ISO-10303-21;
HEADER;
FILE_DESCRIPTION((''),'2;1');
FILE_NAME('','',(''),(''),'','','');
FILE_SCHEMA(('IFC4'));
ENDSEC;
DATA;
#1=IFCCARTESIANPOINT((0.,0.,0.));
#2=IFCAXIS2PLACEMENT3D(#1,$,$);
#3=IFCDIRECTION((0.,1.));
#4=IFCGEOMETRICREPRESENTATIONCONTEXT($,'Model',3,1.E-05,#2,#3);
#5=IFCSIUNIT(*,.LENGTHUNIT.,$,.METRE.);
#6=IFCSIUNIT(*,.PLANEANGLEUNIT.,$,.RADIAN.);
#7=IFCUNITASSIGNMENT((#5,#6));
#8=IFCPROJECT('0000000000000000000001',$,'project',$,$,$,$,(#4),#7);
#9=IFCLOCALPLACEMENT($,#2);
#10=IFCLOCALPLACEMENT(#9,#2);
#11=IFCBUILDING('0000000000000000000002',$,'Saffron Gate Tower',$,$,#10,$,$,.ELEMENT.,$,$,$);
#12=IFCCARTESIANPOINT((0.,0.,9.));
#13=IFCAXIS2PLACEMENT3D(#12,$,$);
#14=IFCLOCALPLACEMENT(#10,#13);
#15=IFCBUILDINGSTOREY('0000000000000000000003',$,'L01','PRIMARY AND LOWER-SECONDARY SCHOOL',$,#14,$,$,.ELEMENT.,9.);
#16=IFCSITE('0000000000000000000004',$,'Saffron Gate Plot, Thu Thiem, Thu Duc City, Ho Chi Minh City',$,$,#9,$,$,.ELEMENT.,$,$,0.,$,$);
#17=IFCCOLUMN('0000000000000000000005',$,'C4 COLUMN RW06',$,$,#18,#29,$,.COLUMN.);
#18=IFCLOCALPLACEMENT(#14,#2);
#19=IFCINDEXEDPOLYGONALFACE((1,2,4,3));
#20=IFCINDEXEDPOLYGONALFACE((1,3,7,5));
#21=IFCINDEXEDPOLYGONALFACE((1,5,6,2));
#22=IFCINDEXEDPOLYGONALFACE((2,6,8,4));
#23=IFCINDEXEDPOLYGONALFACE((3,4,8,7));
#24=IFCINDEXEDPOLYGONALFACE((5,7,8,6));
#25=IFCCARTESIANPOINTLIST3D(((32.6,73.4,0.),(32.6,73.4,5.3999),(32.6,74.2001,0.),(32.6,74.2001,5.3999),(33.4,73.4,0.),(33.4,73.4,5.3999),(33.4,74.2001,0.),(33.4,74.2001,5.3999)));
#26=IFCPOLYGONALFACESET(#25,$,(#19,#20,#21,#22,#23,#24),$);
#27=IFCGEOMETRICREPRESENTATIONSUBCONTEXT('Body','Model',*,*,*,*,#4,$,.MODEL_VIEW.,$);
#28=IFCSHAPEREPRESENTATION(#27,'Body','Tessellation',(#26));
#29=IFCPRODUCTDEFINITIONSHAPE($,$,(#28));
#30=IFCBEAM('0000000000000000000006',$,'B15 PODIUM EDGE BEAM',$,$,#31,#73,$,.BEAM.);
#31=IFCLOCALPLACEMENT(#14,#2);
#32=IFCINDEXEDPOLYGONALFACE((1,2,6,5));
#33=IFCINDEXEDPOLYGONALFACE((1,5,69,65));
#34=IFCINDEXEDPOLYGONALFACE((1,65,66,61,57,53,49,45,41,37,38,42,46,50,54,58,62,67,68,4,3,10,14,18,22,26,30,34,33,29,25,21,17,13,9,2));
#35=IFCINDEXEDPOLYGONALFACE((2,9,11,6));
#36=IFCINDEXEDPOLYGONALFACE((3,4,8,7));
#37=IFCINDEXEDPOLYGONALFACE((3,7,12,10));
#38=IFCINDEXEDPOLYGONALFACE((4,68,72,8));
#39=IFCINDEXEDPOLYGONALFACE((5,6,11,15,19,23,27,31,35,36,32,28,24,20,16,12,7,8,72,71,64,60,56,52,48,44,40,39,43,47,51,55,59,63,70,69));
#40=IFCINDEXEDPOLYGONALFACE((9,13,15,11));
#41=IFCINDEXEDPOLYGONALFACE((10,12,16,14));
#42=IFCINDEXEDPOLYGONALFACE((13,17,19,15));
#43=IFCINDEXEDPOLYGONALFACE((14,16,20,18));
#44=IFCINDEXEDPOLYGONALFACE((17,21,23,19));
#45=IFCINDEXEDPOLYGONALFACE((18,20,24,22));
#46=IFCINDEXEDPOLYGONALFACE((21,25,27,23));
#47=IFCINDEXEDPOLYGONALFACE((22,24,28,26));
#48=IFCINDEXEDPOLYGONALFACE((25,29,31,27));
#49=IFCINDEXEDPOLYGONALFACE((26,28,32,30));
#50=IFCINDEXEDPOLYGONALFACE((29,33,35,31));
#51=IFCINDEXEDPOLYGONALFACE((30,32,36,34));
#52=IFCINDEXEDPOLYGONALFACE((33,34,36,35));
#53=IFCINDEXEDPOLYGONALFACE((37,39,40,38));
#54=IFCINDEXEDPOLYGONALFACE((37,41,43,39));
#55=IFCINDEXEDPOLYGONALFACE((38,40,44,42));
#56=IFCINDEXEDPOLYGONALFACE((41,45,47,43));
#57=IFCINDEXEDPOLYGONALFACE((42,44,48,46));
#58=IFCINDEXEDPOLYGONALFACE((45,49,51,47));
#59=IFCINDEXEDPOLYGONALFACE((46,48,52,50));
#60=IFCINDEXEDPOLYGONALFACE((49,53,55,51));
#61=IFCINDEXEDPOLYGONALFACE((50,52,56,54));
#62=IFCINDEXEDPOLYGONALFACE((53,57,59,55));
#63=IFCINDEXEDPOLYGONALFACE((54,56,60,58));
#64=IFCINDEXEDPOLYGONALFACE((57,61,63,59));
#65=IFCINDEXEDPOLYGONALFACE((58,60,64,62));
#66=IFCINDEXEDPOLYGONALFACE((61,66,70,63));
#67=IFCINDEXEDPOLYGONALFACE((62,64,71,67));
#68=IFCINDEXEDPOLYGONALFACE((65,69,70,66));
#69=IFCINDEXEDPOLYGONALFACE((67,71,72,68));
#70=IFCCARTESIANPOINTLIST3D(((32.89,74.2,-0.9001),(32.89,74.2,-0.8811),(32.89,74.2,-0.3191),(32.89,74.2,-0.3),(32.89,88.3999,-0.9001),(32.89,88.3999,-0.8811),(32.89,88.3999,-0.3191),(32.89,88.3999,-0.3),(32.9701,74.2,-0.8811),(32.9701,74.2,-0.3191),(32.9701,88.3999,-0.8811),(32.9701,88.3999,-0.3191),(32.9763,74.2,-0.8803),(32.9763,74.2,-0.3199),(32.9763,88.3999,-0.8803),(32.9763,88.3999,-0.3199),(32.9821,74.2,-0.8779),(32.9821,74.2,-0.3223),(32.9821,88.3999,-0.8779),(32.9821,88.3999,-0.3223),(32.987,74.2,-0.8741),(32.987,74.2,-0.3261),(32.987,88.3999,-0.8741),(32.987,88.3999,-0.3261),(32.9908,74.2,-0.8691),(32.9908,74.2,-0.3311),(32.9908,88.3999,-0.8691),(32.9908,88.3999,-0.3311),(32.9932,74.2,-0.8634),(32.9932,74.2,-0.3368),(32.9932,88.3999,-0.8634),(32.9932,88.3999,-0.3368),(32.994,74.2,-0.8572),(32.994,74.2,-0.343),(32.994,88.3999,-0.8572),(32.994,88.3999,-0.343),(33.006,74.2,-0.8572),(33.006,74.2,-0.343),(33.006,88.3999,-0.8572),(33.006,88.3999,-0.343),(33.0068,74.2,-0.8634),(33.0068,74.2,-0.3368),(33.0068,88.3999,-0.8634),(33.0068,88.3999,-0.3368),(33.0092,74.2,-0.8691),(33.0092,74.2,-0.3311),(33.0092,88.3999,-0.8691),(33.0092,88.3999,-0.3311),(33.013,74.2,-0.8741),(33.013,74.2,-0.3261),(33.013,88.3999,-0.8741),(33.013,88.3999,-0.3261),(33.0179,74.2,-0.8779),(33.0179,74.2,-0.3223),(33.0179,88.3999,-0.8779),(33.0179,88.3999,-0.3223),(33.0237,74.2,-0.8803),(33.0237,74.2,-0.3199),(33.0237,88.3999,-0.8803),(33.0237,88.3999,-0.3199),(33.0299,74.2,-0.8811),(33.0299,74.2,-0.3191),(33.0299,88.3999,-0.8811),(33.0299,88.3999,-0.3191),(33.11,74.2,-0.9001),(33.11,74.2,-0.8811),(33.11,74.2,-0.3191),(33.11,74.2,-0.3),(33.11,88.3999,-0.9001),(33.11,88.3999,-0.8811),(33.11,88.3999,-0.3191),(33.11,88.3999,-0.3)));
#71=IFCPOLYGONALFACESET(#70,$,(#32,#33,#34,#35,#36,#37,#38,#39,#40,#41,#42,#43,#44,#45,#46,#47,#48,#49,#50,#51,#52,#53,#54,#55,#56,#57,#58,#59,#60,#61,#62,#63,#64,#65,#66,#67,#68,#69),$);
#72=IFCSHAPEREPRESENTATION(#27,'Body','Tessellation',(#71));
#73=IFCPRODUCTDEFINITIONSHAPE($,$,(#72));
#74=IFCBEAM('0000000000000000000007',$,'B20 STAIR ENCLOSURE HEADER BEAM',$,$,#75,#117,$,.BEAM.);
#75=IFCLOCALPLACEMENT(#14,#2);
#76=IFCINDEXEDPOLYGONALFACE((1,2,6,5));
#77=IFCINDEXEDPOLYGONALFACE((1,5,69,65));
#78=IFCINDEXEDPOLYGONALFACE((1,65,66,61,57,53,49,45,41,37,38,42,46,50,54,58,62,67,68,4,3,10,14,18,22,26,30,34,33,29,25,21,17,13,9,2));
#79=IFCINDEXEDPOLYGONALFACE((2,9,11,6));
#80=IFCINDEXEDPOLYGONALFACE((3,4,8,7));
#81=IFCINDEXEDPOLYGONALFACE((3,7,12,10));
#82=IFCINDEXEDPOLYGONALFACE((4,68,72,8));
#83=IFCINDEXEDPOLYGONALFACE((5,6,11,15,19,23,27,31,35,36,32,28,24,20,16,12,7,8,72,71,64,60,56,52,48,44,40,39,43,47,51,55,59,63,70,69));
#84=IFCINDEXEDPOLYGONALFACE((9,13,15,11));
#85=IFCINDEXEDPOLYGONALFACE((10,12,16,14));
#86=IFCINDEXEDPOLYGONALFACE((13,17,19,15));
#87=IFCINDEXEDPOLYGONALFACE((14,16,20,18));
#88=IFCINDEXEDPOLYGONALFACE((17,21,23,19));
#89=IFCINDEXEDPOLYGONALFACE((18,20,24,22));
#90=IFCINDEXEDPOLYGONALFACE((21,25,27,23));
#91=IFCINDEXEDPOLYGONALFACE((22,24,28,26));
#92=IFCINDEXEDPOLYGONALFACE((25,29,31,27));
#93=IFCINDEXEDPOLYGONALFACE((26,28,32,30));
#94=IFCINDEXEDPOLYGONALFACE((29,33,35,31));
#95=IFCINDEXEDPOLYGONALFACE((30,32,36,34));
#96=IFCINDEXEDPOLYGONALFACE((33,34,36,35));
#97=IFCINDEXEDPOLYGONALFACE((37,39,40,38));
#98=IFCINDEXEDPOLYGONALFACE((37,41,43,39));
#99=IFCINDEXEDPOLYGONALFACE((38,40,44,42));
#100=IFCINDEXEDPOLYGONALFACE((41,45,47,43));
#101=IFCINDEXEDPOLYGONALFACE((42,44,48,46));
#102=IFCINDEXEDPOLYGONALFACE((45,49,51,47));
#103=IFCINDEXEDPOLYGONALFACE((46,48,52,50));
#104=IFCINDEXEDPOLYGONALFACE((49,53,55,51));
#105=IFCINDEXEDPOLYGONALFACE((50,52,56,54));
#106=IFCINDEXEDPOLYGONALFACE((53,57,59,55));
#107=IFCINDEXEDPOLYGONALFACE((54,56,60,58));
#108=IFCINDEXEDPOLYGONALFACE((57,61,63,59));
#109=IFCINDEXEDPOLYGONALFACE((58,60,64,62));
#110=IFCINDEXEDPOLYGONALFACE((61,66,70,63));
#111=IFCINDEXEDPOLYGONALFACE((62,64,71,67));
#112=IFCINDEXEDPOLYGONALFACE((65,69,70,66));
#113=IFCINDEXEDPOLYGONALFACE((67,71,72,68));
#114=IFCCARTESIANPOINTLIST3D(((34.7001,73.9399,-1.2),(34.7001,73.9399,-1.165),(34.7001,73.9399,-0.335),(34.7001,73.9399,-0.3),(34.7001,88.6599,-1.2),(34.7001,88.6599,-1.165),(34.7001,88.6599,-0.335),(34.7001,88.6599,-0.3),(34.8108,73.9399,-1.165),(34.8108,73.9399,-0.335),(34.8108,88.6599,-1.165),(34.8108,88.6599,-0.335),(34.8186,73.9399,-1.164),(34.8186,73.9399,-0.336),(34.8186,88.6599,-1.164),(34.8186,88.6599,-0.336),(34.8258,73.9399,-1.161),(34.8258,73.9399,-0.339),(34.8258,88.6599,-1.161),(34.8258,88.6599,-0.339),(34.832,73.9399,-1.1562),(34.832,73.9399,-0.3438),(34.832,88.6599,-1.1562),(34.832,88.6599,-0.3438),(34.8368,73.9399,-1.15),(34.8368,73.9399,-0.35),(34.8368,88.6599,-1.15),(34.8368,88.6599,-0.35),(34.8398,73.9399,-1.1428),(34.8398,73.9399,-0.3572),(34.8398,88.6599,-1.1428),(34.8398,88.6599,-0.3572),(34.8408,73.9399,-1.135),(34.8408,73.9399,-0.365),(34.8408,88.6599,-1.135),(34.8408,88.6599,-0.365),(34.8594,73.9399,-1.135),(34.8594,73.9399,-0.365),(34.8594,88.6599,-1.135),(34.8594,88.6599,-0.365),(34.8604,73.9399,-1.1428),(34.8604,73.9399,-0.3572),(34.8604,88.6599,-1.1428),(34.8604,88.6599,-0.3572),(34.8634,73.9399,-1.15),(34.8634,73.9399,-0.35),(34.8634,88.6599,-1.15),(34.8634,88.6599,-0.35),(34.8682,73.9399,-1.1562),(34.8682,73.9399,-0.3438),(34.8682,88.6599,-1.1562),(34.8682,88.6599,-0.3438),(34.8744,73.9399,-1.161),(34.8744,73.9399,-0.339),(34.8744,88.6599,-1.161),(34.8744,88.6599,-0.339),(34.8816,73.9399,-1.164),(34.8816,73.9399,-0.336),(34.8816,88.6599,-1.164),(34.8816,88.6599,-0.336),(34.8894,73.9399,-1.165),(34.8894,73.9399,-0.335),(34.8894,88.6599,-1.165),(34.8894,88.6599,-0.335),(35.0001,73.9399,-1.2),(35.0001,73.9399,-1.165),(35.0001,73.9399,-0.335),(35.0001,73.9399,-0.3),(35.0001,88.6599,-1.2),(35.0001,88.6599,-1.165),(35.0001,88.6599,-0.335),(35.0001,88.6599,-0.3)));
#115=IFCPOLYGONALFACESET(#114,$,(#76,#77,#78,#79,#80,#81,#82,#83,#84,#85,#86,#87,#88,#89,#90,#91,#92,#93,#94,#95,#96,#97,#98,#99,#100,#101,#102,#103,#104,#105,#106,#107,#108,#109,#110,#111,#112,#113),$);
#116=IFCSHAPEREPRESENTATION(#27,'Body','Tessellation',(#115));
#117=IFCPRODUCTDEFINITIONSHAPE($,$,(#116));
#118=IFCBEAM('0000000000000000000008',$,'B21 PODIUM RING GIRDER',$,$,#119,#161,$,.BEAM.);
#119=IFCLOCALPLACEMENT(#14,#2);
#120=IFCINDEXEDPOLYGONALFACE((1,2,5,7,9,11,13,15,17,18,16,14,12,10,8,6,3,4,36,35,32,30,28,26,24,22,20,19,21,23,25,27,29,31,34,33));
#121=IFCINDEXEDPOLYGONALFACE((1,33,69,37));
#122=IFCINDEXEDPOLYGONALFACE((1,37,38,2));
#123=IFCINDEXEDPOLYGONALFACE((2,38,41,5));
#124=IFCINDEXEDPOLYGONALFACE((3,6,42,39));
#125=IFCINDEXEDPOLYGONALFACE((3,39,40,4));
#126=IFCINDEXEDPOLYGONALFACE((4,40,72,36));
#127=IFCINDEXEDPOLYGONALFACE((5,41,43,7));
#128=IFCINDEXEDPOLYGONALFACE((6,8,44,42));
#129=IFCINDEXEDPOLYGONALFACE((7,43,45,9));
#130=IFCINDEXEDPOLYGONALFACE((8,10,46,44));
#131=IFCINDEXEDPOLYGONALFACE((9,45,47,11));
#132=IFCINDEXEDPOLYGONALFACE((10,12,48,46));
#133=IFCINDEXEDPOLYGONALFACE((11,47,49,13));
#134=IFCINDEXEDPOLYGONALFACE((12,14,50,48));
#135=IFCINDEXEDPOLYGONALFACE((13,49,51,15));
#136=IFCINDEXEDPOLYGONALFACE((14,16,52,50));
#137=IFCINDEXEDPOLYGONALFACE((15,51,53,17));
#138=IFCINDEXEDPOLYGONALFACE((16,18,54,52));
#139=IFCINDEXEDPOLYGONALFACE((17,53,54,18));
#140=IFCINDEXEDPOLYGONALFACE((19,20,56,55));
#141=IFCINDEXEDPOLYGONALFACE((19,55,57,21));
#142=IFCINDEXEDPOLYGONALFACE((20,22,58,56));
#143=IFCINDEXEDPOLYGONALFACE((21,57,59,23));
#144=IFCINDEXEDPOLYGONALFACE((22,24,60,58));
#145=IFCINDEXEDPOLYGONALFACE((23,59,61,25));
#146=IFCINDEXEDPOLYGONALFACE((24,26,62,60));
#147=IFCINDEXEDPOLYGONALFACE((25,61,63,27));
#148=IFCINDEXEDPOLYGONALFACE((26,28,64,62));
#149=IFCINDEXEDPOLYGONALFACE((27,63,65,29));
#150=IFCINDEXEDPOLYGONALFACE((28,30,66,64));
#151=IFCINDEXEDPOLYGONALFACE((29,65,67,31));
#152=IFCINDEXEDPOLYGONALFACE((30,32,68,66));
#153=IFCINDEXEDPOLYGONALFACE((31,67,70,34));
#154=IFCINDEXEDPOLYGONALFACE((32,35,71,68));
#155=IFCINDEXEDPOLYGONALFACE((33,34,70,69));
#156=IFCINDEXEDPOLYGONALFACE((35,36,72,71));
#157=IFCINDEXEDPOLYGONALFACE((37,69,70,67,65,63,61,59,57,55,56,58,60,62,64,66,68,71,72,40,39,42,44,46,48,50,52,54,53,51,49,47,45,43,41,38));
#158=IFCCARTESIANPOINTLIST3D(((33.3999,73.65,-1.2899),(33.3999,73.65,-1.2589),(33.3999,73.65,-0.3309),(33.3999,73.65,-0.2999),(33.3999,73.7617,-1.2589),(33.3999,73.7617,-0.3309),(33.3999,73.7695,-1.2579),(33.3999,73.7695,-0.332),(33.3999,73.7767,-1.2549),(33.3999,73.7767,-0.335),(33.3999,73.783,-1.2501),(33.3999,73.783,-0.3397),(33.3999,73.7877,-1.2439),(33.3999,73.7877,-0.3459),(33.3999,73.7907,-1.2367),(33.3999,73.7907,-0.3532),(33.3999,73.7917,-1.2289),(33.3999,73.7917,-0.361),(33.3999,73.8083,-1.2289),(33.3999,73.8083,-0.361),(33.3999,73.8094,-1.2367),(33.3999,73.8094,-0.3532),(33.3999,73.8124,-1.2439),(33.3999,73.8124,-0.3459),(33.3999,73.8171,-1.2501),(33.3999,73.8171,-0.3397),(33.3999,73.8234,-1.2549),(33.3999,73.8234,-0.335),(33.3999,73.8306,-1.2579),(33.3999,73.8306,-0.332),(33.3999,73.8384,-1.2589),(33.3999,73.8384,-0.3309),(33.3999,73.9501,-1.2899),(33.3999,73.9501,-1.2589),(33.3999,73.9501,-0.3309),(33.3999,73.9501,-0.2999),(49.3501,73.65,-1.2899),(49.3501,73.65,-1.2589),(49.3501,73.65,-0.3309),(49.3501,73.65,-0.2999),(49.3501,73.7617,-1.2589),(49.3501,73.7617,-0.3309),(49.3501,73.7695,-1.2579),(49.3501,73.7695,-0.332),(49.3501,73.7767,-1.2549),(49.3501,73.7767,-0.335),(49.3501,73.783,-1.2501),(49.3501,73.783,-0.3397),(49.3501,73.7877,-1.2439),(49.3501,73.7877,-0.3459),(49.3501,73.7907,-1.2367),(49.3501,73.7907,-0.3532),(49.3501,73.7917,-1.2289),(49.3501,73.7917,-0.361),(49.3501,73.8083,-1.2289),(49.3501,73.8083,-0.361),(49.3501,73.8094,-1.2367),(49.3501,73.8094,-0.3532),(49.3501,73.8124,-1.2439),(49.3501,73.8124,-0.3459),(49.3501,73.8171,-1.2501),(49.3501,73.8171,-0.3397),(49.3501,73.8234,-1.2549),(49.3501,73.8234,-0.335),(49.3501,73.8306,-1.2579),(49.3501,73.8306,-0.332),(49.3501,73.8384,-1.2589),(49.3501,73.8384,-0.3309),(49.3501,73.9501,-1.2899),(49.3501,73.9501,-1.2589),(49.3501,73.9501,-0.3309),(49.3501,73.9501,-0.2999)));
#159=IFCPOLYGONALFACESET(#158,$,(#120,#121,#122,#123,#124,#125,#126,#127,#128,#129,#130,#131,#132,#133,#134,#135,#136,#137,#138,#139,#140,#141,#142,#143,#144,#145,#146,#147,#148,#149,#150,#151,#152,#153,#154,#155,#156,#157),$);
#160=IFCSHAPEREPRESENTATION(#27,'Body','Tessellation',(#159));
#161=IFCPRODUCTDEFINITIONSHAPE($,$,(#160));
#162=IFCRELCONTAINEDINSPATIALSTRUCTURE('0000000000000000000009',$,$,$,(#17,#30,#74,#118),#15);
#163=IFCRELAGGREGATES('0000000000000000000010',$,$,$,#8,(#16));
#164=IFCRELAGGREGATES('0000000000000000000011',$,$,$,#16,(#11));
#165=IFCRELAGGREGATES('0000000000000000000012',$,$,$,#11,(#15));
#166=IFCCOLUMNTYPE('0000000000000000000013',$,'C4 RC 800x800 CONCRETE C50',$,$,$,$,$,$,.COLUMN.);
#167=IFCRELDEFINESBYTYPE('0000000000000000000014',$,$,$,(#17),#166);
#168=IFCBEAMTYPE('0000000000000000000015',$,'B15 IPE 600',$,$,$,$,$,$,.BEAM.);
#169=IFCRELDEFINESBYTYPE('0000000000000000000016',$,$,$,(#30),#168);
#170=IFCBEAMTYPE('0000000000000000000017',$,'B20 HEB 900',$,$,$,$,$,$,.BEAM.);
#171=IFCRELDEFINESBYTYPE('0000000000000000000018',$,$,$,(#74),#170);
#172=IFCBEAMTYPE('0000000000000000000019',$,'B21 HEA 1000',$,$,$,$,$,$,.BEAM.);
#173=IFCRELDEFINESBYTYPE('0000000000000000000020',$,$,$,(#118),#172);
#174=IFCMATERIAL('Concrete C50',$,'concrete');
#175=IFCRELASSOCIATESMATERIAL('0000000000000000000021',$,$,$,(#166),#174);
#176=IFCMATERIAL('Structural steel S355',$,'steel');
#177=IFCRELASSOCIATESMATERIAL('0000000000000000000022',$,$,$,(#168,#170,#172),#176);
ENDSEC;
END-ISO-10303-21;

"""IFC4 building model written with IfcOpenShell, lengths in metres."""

from ifc_helpers import new_model, si_unit, direction, frame, origin, origin_2d, place, context, subcontext, project, spatial, rectangle, i_section, extrude, material, material_profile, profile_set, type_object, element, save


model = new_model("IFC4")

# Units and contexts
model_context = context("Model", 3, precision=1e-05, world=origin(), true_north=direction((0.0, 1.0)))
body_context = subcontext(model_context, "Body", "Model", "MODEL_VIEW")
ifc_project = project(units=[si_unit("LENGTHUNIT", "METRE"), si_unit("PLANEANGLEUNIT", "RADIAN")], contexts=[model_context])

# Site, building, storey
site_placement = place(None, origin())
site = spatial("IfcSite", under=ifc_project, at=site_placement, Name="Saffron Gate Plot, Thu Thiem, Thu Duc City, Ho Chi Minh City", CompositionType="ELEMENT", RefElevation=0.0)
building_placement = place(site_placement, origin())
building = spatial("IfcBuilding", under=site, at=building_placement, Name="Saffron Gate Tower", CompositionType="ELEMENT")
storey_placement = place(building_placement, frame((0.0, 0.0, 9.0)))
storey = spatial("IfcBuildingStorey", under=building, at=storey_placement, Name="L01", Description="PRIMARY AND LOWER-SECONDARY SCHOOL", CompositionType="ELEMENT", Elevation=9.0)

# Column
ifc_material_1 = material(Name="Concrete C50", Category="concrete")
ifc_material_profile_1 = material_profile(ifc_material_1, rectangle(XDim=0.8, YDim=0.8, at=origin_2d()))
ifc_profile_set_1 = profile_set([ifc_material_profile_1], Name="Concrete C50")
column_type = type_object("IfcColumnType", Name="C4 RC 800x800 CONCRETE C50", PredefinedType="COLUMN", material=ifc_profile_set_1)
column_placement = place(storey_placement, frame((33.0, 73.8, 0.0), z_axis=(0.0, 0.0, 1.0), x_axis=(1.0, 0.0, 0.0)))
element("IfcColumn", 1, at=column_placement, inside=storey, type_object=column_type, Name="C4 COLUMN RW06", PredefinedType="COLUMN", context=body_context, shape_type="SweptSolid", body=[
    extrude(rectangle(XDim=0.8, YDim=0.8, at=origin_2d()), origin(), (0.0, 0.0, 1.0), 5.3999),
])

# Beams
ifc_material_2 = material(Name="Structural steel S355", Category="steel")
ifc_material_profile_2 = material_profile(ifc_material_2, i_section(OverallWidth=0.22, OverallDepth=0.6001, WebThickness=0.012, FlangeThickness=0.019, FilletRadius=0.0239, at=origin_2d()))
ifc_profile_set_2 = profile_set([ifc_material_profile_2], Name="Structural steel S355")
beam_type_1 = type_object("IfcBeamType", Name="B15 IPE 600", PredefinedType="BEAM", material=ifc_profile_set_2)
beam_1_placement = place(storey_placement, frame((33.0, 74.2, -0.6001), z_axis=(0.0, 1.0, 0.0), x_axis=(-1.0, 0.0, 0.0)))
element("IfcBeam", 2, at=beam_1_placement, inside=storey, type_object=beam_type_1, Name="B15 PODIUM EDGE BEAM", PredefinedType="BEAM", context=body_context, shape_type="SweptSolid", body=[
    extrude(i_section(OverallWidth=0.22, OverallDepth=0.6001, WebThickness=0.012, FlangeThickness=0.019, FilletRadius=0.0239, at=origin_2d()), origin(), (0.0, 0.0, 1.0), 14.2),
])
ifc_material_profile_3 = material_profile(ifc_material_2, i_section(OverallWidth=0.3, OverallDepth=0.8999, WebThickness=0.0186, FlangeThickness=0.0349, FilletRadius=0.03, at=origin_2d()))
ifc_profile_set_3 = profile_set([ifc_material_profile_3], Name="Structural steel S355")
beam_type_2 = type_object("IfcBeamType", Name="B20 HEB 900", PredefinedType="BEAM", material=ifc_profile_set_3)
beam_2_placement = place(storey_placement, frame((34.8501, 73.9399, -0.75), z_axis=(0.0, 1.0, 0.0), x_axis=(-1.0, 0.0, 0.0)))
element("IfcBeam", 3, at=beam_2_placement, inside=storey, type_object=beam_type_2, Name="B20 STAIR ENCLOSURE HEADER BEAM", PredefinedType="BEAM", context=body_context, shape_type="SweptSolid", body=[
    extrude(i_section(OverallWidth=0.3, OverallDepth=0.8999, WebThickness=0.0186, FlangeThickness=0.0349, FilletRadius=0.03, at=origin_2d()), origin(), (0.0, 0.0, 1.0), 14.72),
])
ifc_material_profile_4 = material_profile(ifc_material_2, i_section(OverallWidth=0.3, OverallDepth=0.99, WebThickness=0.0166, FlangeThickness=0.031, FilletRadius=0.03, at=origin_2d()))
ifc_profile_set_4 = profile_set([ifc_material_profile_4], Name="Structural steel S355")
beam_type_3 = type_object("IfcBeamType", Name="B21 HEA 1000", PredefinedType="BEAM", material=ifc_profile_set_4)
beam_3_placement = place(storey_placement, frame((33.3999, 73.8, -0.7949), z_axis=(1.0, 0.0, 0.0), x_axis=(0.0, 1.0, 0.0)))
element("IfcBeam", 4, at=beam_3_placement, inside=storey, type_object=beam_type_3, Name="B21 PODIUM RING GIRDER", PredefinedType="BEAM", context=body_context, shape_type="SweptSolid", body=[
    extrude(i_section(OverallWidth=0.3, OverallDepth=0.99, WebThickness=0.0166, FlangeThickness=0.031, FilletRadius=0.03, at=origin_2d()), origin(), (0.0, 0.0, 1.0), 15.9502),
])

save(model, "model.ifc")
